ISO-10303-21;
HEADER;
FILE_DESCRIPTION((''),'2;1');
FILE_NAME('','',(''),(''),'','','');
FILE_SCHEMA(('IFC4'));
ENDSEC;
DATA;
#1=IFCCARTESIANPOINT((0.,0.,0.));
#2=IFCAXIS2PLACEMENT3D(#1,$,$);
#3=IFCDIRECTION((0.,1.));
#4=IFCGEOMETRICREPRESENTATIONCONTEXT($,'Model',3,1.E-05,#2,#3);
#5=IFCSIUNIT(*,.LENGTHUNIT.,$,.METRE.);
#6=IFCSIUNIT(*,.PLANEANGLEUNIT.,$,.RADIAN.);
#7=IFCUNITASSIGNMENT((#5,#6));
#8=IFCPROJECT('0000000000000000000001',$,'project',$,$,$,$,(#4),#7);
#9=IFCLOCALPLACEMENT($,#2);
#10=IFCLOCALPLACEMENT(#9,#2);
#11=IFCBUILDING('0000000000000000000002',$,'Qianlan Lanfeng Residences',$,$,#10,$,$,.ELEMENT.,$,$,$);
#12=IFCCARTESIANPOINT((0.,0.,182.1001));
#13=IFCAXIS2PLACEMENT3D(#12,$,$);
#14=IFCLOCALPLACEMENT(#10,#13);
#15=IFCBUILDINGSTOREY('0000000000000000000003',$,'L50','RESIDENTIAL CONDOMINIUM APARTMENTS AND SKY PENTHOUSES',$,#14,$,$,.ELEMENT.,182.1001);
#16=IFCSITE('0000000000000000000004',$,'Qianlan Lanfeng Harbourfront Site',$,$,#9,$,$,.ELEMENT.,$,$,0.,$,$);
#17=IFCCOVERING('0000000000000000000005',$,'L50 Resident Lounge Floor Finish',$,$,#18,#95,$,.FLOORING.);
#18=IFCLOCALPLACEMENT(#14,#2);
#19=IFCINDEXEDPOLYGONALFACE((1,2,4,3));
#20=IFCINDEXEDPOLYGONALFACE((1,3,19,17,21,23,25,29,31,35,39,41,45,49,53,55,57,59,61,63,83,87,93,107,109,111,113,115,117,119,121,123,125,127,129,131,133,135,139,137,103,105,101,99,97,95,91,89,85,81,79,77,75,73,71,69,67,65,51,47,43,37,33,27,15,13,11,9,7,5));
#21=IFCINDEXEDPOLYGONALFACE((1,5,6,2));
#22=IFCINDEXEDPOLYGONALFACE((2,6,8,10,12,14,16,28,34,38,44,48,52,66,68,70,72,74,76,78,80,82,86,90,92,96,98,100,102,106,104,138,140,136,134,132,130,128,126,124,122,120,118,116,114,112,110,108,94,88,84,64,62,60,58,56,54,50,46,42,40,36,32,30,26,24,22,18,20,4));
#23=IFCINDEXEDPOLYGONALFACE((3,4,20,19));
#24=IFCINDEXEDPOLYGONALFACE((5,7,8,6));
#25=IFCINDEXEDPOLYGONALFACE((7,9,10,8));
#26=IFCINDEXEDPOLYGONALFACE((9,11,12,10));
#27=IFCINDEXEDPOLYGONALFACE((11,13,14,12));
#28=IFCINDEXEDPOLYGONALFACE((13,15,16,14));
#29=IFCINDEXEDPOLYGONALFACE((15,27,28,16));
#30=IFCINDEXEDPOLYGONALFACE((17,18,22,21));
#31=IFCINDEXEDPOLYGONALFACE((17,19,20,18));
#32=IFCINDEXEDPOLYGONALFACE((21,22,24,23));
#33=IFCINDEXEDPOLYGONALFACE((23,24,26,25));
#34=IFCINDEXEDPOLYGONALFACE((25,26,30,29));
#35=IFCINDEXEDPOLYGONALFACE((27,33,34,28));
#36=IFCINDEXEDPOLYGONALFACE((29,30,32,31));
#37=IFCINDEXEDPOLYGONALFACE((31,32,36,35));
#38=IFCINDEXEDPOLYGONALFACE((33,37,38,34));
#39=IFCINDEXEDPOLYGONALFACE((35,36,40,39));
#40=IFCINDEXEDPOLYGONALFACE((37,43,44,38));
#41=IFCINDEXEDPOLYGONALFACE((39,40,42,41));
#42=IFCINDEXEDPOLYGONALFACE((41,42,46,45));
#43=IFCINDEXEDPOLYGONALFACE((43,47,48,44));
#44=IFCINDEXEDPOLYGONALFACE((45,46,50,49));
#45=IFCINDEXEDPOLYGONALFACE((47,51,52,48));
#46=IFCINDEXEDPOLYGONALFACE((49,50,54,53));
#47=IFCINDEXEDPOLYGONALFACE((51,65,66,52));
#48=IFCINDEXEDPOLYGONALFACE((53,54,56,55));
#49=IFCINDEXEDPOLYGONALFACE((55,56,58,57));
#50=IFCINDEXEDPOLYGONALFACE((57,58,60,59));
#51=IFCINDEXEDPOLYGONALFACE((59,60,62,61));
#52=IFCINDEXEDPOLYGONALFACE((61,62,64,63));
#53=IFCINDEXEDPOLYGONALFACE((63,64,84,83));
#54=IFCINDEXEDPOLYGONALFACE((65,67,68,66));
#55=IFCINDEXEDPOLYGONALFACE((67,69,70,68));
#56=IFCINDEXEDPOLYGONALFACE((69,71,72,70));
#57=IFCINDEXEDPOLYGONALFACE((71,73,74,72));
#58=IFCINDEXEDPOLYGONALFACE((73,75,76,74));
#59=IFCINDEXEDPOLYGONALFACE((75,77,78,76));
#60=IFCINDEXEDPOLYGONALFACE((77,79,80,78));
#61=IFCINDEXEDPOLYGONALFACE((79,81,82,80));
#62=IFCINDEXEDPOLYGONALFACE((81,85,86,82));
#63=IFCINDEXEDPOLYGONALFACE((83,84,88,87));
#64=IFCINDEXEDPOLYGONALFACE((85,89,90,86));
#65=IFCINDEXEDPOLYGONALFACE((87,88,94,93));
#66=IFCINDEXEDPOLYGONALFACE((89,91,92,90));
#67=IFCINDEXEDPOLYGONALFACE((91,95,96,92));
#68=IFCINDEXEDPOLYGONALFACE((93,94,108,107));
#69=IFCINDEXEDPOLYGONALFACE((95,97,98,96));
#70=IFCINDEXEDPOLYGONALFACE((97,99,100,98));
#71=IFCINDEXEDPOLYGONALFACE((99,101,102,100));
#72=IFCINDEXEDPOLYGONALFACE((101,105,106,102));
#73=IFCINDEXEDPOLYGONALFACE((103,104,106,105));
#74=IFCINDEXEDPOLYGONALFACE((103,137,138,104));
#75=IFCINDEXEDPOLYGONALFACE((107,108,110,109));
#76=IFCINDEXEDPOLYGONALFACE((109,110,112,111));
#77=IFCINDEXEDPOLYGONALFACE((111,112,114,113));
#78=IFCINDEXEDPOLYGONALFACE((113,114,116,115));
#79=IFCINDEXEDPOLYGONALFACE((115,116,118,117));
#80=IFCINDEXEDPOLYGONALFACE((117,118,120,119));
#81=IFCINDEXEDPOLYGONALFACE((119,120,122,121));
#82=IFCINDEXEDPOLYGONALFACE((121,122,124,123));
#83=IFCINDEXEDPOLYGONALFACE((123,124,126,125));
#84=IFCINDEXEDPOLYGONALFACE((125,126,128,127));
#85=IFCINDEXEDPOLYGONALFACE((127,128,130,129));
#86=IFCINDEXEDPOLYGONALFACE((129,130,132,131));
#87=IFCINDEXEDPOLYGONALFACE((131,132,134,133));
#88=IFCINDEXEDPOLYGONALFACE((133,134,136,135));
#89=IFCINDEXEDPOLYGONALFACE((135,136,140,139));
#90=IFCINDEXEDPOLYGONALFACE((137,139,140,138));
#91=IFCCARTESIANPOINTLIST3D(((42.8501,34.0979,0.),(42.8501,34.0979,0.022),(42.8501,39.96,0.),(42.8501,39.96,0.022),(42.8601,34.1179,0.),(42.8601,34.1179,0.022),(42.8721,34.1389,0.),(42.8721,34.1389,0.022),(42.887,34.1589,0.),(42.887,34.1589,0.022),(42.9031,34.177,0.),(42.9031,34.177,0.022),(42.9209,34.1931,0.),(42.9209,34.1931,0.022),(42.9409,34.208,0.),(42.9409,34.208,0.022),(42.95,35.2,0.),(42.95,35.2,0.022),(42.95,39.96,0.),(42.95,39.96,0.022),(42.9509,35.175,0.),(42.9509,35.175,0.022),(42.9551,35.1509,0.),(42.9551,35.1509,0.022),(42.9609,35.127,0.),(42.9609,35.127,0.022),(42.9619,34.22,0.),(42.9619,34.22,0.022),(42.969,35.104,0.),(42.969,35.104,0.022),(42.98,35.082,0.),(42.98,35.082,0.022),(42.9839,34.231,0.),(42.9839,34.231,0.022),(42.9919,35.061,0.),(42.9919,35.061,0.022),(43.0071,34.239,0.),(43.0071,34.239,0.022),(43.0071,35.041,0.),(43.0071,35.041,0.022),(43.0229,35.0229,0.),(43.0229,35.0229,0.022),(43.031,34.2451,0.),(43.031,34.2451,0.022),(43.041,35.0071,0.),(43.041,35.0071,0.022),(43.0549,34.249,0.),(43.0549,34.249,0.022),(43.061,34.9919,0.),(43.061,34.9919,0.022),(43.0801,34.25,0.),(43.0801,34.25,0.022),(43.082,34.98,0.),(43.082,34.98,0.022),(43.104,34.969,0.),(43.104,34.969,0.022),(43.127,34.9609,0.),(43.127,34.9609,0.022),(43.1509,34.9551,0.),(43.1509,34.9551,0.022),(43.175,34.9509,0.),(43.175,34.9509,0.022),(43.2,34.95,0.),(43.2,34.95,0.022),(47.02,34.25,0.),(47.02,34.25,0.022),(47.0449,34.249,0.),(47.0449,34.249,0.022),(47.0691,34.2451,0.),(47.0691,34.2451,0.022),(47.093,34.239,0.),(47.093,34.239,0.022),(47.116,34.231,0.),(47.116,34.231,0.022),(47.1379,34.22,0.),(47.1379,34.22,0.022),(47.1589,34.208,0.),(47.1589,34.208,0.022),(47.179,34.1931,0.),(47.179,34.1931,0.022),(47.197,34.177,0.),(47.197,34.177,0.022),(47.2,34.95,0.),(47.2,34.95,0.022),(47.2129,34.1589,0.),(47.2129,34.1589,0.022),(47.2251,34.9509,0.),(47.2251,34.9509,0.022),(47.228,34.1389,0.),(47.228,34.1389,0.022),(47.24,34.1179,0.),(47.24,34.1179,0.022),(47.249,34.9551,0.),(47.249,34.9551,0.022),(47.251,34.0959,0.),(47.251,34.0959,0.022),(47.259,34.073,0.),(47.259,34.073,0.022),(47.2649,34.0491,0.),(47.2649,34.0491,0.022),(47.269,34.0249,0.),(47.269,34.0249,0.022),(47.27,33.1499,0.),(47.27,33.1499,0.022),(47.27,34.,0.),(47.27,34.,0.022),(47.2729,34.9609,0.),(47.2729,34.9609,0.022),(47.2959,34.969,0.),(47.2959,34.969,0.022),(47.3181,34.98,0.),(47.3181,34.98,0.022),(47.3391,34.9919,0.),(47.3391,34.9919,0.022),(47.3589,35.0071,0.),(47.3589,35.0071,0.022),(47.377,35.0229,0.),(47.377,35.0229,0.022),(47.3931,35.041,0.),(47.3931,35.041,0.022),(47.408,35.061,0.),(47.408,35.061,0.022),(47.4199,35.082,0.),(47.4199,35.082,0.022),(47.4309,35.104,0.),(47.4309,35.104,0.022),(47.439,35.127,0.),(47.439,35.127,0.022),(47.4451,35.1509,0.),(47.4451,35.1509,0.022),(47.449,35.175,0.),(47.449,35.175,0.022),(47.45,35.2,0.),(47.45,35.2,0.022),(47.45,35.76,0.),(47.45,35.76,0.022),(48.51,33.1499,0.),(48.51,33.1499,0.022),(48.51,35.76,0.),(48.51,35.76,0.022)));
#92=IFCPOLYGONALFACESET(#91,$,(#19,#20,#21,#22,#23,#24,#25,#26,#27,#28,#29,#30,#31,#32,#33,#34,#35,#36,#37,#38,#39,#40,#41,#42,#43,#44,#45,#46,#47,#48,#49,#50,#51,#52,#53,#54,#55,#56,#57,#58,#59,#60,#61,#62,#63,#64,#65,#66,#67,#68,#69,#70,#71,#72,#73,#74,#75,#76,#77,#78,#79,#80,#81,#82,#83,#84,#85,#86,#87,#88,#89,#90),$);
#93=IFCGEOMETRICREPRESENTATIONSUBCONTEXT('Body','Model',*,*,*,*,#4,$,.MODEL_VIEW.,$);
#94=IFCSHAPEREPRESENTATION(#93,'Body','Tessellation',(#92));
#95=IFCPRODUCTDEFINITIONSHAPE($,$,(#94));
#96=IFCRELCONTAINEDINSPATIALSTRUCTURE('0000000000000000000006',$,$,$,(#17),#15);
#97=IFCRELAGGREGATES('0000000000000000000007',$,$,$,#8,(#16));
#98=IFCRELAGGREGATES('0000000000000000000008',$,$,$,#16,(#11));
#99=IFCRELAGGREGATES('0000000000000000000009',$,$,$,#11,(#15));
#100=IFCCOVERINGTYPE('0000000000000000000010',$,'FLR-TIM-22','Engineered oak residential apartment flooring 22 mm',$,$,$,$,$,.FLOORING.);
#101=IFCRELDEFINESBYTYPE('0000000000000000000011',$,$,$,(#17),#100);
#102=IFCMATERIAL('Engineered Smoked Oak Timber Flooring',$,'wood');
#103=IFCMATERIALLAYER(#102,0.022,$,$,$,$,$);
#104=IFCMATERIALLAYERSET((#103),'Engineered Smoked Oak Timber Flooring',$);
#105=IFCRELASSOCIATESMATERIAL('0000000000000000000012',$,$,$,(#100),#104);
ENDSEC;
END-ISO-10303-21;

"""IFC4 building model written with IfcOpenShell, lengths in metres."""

from ifc_helpers import new_model, si_unit, direction, frame, origin, place, context, subcontext, project, spatial, polyline, outline, extrude, material, layer, layer_set, type_object, element, save


model = new_model("IFC4")

# Units and contexts
model_context = context("Model", 3, precision=1e-05, world=origin(), true_north=direction((0.0, 1.0)))
body_context = subcontext(model_context, "Body", "Model", "MODEL_VIEW")
ifc_project = project(units=[si_unit("LENGTHUNIT", "METRE"), si_unit("PLANEANGLEUNIT", "RADIAN")], contexts=[model_context])

# Site, building, storey
site_placement = place(None, origin())
site = spatial("IfcSite", under=ifc_project, at=site_placement, Name="Qianlan Lanfeng Harbourfront Site", CompositionType="ELEMENT", RefElevation=0.0)
building_placement = place(site_placement, origin())
building = spatial("IfcBuilding", under=site, at=building_placement, Name="Qianlan Lanfeng Residences", CompositionType="ELEMENT")
storey_placement = place(building_placement, frame((0.0, 0.0, 182.1001)))
storey = spatial("IfcBuildingStorey", under=building, at=storey_placement, Name="L50", Description="RESIDENTIAL CONDOMINIUM APARTMENTS AND SKY PENTHOUSES", CompositionType="ELEMENT", Elevation=182.1001)

# Covering
ifc_material_1 = material(Name="Engineered Smoked Oak Timber Flooring", Category="wood")
ifc_layer_1 = layer(ifc_material_1, 0.022)
ifc_layer_set_1 = layer_set([ifc_layer_1], Name="Engineered Smoked Oak Timber Flooring")
covering_type = type_object("IfcCoveringType", Name="FLR-TIM-22", Description="Engineered oak residential apartment flooring 22 mm", PredefinedType="FLOORING", material=ifc_layer_set_1)
covering_1_placement = place(storey_placement, origin())
element("IfcCovering", 1, at=covering_1_placement, inside=storey, type_object=covering_type, Name="L50 Resident Lounge Floor Finish", PredefinedType="FLOORING", context=body_context, shape_type="SweptSolid", body=[
    extrude(outline(polyline([(42.8501, 34.0979), (42.8601, 34.1179), (42.8721, 34.1389), (42.887, 34.1589), (42.9031, 34.177), (42.9209, 34.1931), (42.9409, 34.208), (42.9619, 34.22), (42.9839, 34.231), (43.0071, 34.239), (43.031, 34.2451), (43.0549, 34.249), (43.0801, 34.25), (47.02, 34.25), (47.0449, 34.249), (47.0691, 34.2451), (47.093, 34.239), (47.116, 34.231), (47.1379, 34.22), (47.1589, 34.208), (47.179, 34.1931), (47.197, 34.177), (47.2129, 34.1589), (47.228, 34.1389), (47.24, 34.1179), (47.251, 34.0959), (47.259, 34.073), (47.2649, 34.0491), (47.269, 34.0249), (47.27, 34.0), (47.27, 33.1499), (48.51, 33.1499), (48.51, 35.76), (47.45, 35.76), (47.45, 35.2), (47.449, 35.175), (47.4451, 35.1509), (47.439, 35.127), (47.4309, 35.104), (47.4199, 35.082), (47.408, 35.061), (47.3931, 35.041), (47.377, 35.0229), (47.3589, 35.0071), (47.3391, 34.9919), (47.3181, 34.98), (47.2959, 34.969), (47.2729, 34.9609), (47.249, 34.9551), (47.2251, 34.9509), (47.2, 34.95), (43.2, 34.95), (43.175, 34.9509), (43.1509, 34.9551), (43.127, 34.9609), (43.104, 34.969), (43.082, 34.98), (43.061, 34.9919), (43.041, 35.0071), (43.0229, 35.0229), (43.0071, 35.041), (42.9919, 35.061), (42.98, 35.082), (42.969, 35.104), (42.9609, 35.127), (42.9551, 35.1509), (42.9509, 35.175), (42.95, 35.2), (42.95, 39.96), (42.8501, 39.96), (42.8501, 34.0979)])), origin(), (0.0, 0.0, 1.0), 0.022),
])

save(model, "model.ifc")
